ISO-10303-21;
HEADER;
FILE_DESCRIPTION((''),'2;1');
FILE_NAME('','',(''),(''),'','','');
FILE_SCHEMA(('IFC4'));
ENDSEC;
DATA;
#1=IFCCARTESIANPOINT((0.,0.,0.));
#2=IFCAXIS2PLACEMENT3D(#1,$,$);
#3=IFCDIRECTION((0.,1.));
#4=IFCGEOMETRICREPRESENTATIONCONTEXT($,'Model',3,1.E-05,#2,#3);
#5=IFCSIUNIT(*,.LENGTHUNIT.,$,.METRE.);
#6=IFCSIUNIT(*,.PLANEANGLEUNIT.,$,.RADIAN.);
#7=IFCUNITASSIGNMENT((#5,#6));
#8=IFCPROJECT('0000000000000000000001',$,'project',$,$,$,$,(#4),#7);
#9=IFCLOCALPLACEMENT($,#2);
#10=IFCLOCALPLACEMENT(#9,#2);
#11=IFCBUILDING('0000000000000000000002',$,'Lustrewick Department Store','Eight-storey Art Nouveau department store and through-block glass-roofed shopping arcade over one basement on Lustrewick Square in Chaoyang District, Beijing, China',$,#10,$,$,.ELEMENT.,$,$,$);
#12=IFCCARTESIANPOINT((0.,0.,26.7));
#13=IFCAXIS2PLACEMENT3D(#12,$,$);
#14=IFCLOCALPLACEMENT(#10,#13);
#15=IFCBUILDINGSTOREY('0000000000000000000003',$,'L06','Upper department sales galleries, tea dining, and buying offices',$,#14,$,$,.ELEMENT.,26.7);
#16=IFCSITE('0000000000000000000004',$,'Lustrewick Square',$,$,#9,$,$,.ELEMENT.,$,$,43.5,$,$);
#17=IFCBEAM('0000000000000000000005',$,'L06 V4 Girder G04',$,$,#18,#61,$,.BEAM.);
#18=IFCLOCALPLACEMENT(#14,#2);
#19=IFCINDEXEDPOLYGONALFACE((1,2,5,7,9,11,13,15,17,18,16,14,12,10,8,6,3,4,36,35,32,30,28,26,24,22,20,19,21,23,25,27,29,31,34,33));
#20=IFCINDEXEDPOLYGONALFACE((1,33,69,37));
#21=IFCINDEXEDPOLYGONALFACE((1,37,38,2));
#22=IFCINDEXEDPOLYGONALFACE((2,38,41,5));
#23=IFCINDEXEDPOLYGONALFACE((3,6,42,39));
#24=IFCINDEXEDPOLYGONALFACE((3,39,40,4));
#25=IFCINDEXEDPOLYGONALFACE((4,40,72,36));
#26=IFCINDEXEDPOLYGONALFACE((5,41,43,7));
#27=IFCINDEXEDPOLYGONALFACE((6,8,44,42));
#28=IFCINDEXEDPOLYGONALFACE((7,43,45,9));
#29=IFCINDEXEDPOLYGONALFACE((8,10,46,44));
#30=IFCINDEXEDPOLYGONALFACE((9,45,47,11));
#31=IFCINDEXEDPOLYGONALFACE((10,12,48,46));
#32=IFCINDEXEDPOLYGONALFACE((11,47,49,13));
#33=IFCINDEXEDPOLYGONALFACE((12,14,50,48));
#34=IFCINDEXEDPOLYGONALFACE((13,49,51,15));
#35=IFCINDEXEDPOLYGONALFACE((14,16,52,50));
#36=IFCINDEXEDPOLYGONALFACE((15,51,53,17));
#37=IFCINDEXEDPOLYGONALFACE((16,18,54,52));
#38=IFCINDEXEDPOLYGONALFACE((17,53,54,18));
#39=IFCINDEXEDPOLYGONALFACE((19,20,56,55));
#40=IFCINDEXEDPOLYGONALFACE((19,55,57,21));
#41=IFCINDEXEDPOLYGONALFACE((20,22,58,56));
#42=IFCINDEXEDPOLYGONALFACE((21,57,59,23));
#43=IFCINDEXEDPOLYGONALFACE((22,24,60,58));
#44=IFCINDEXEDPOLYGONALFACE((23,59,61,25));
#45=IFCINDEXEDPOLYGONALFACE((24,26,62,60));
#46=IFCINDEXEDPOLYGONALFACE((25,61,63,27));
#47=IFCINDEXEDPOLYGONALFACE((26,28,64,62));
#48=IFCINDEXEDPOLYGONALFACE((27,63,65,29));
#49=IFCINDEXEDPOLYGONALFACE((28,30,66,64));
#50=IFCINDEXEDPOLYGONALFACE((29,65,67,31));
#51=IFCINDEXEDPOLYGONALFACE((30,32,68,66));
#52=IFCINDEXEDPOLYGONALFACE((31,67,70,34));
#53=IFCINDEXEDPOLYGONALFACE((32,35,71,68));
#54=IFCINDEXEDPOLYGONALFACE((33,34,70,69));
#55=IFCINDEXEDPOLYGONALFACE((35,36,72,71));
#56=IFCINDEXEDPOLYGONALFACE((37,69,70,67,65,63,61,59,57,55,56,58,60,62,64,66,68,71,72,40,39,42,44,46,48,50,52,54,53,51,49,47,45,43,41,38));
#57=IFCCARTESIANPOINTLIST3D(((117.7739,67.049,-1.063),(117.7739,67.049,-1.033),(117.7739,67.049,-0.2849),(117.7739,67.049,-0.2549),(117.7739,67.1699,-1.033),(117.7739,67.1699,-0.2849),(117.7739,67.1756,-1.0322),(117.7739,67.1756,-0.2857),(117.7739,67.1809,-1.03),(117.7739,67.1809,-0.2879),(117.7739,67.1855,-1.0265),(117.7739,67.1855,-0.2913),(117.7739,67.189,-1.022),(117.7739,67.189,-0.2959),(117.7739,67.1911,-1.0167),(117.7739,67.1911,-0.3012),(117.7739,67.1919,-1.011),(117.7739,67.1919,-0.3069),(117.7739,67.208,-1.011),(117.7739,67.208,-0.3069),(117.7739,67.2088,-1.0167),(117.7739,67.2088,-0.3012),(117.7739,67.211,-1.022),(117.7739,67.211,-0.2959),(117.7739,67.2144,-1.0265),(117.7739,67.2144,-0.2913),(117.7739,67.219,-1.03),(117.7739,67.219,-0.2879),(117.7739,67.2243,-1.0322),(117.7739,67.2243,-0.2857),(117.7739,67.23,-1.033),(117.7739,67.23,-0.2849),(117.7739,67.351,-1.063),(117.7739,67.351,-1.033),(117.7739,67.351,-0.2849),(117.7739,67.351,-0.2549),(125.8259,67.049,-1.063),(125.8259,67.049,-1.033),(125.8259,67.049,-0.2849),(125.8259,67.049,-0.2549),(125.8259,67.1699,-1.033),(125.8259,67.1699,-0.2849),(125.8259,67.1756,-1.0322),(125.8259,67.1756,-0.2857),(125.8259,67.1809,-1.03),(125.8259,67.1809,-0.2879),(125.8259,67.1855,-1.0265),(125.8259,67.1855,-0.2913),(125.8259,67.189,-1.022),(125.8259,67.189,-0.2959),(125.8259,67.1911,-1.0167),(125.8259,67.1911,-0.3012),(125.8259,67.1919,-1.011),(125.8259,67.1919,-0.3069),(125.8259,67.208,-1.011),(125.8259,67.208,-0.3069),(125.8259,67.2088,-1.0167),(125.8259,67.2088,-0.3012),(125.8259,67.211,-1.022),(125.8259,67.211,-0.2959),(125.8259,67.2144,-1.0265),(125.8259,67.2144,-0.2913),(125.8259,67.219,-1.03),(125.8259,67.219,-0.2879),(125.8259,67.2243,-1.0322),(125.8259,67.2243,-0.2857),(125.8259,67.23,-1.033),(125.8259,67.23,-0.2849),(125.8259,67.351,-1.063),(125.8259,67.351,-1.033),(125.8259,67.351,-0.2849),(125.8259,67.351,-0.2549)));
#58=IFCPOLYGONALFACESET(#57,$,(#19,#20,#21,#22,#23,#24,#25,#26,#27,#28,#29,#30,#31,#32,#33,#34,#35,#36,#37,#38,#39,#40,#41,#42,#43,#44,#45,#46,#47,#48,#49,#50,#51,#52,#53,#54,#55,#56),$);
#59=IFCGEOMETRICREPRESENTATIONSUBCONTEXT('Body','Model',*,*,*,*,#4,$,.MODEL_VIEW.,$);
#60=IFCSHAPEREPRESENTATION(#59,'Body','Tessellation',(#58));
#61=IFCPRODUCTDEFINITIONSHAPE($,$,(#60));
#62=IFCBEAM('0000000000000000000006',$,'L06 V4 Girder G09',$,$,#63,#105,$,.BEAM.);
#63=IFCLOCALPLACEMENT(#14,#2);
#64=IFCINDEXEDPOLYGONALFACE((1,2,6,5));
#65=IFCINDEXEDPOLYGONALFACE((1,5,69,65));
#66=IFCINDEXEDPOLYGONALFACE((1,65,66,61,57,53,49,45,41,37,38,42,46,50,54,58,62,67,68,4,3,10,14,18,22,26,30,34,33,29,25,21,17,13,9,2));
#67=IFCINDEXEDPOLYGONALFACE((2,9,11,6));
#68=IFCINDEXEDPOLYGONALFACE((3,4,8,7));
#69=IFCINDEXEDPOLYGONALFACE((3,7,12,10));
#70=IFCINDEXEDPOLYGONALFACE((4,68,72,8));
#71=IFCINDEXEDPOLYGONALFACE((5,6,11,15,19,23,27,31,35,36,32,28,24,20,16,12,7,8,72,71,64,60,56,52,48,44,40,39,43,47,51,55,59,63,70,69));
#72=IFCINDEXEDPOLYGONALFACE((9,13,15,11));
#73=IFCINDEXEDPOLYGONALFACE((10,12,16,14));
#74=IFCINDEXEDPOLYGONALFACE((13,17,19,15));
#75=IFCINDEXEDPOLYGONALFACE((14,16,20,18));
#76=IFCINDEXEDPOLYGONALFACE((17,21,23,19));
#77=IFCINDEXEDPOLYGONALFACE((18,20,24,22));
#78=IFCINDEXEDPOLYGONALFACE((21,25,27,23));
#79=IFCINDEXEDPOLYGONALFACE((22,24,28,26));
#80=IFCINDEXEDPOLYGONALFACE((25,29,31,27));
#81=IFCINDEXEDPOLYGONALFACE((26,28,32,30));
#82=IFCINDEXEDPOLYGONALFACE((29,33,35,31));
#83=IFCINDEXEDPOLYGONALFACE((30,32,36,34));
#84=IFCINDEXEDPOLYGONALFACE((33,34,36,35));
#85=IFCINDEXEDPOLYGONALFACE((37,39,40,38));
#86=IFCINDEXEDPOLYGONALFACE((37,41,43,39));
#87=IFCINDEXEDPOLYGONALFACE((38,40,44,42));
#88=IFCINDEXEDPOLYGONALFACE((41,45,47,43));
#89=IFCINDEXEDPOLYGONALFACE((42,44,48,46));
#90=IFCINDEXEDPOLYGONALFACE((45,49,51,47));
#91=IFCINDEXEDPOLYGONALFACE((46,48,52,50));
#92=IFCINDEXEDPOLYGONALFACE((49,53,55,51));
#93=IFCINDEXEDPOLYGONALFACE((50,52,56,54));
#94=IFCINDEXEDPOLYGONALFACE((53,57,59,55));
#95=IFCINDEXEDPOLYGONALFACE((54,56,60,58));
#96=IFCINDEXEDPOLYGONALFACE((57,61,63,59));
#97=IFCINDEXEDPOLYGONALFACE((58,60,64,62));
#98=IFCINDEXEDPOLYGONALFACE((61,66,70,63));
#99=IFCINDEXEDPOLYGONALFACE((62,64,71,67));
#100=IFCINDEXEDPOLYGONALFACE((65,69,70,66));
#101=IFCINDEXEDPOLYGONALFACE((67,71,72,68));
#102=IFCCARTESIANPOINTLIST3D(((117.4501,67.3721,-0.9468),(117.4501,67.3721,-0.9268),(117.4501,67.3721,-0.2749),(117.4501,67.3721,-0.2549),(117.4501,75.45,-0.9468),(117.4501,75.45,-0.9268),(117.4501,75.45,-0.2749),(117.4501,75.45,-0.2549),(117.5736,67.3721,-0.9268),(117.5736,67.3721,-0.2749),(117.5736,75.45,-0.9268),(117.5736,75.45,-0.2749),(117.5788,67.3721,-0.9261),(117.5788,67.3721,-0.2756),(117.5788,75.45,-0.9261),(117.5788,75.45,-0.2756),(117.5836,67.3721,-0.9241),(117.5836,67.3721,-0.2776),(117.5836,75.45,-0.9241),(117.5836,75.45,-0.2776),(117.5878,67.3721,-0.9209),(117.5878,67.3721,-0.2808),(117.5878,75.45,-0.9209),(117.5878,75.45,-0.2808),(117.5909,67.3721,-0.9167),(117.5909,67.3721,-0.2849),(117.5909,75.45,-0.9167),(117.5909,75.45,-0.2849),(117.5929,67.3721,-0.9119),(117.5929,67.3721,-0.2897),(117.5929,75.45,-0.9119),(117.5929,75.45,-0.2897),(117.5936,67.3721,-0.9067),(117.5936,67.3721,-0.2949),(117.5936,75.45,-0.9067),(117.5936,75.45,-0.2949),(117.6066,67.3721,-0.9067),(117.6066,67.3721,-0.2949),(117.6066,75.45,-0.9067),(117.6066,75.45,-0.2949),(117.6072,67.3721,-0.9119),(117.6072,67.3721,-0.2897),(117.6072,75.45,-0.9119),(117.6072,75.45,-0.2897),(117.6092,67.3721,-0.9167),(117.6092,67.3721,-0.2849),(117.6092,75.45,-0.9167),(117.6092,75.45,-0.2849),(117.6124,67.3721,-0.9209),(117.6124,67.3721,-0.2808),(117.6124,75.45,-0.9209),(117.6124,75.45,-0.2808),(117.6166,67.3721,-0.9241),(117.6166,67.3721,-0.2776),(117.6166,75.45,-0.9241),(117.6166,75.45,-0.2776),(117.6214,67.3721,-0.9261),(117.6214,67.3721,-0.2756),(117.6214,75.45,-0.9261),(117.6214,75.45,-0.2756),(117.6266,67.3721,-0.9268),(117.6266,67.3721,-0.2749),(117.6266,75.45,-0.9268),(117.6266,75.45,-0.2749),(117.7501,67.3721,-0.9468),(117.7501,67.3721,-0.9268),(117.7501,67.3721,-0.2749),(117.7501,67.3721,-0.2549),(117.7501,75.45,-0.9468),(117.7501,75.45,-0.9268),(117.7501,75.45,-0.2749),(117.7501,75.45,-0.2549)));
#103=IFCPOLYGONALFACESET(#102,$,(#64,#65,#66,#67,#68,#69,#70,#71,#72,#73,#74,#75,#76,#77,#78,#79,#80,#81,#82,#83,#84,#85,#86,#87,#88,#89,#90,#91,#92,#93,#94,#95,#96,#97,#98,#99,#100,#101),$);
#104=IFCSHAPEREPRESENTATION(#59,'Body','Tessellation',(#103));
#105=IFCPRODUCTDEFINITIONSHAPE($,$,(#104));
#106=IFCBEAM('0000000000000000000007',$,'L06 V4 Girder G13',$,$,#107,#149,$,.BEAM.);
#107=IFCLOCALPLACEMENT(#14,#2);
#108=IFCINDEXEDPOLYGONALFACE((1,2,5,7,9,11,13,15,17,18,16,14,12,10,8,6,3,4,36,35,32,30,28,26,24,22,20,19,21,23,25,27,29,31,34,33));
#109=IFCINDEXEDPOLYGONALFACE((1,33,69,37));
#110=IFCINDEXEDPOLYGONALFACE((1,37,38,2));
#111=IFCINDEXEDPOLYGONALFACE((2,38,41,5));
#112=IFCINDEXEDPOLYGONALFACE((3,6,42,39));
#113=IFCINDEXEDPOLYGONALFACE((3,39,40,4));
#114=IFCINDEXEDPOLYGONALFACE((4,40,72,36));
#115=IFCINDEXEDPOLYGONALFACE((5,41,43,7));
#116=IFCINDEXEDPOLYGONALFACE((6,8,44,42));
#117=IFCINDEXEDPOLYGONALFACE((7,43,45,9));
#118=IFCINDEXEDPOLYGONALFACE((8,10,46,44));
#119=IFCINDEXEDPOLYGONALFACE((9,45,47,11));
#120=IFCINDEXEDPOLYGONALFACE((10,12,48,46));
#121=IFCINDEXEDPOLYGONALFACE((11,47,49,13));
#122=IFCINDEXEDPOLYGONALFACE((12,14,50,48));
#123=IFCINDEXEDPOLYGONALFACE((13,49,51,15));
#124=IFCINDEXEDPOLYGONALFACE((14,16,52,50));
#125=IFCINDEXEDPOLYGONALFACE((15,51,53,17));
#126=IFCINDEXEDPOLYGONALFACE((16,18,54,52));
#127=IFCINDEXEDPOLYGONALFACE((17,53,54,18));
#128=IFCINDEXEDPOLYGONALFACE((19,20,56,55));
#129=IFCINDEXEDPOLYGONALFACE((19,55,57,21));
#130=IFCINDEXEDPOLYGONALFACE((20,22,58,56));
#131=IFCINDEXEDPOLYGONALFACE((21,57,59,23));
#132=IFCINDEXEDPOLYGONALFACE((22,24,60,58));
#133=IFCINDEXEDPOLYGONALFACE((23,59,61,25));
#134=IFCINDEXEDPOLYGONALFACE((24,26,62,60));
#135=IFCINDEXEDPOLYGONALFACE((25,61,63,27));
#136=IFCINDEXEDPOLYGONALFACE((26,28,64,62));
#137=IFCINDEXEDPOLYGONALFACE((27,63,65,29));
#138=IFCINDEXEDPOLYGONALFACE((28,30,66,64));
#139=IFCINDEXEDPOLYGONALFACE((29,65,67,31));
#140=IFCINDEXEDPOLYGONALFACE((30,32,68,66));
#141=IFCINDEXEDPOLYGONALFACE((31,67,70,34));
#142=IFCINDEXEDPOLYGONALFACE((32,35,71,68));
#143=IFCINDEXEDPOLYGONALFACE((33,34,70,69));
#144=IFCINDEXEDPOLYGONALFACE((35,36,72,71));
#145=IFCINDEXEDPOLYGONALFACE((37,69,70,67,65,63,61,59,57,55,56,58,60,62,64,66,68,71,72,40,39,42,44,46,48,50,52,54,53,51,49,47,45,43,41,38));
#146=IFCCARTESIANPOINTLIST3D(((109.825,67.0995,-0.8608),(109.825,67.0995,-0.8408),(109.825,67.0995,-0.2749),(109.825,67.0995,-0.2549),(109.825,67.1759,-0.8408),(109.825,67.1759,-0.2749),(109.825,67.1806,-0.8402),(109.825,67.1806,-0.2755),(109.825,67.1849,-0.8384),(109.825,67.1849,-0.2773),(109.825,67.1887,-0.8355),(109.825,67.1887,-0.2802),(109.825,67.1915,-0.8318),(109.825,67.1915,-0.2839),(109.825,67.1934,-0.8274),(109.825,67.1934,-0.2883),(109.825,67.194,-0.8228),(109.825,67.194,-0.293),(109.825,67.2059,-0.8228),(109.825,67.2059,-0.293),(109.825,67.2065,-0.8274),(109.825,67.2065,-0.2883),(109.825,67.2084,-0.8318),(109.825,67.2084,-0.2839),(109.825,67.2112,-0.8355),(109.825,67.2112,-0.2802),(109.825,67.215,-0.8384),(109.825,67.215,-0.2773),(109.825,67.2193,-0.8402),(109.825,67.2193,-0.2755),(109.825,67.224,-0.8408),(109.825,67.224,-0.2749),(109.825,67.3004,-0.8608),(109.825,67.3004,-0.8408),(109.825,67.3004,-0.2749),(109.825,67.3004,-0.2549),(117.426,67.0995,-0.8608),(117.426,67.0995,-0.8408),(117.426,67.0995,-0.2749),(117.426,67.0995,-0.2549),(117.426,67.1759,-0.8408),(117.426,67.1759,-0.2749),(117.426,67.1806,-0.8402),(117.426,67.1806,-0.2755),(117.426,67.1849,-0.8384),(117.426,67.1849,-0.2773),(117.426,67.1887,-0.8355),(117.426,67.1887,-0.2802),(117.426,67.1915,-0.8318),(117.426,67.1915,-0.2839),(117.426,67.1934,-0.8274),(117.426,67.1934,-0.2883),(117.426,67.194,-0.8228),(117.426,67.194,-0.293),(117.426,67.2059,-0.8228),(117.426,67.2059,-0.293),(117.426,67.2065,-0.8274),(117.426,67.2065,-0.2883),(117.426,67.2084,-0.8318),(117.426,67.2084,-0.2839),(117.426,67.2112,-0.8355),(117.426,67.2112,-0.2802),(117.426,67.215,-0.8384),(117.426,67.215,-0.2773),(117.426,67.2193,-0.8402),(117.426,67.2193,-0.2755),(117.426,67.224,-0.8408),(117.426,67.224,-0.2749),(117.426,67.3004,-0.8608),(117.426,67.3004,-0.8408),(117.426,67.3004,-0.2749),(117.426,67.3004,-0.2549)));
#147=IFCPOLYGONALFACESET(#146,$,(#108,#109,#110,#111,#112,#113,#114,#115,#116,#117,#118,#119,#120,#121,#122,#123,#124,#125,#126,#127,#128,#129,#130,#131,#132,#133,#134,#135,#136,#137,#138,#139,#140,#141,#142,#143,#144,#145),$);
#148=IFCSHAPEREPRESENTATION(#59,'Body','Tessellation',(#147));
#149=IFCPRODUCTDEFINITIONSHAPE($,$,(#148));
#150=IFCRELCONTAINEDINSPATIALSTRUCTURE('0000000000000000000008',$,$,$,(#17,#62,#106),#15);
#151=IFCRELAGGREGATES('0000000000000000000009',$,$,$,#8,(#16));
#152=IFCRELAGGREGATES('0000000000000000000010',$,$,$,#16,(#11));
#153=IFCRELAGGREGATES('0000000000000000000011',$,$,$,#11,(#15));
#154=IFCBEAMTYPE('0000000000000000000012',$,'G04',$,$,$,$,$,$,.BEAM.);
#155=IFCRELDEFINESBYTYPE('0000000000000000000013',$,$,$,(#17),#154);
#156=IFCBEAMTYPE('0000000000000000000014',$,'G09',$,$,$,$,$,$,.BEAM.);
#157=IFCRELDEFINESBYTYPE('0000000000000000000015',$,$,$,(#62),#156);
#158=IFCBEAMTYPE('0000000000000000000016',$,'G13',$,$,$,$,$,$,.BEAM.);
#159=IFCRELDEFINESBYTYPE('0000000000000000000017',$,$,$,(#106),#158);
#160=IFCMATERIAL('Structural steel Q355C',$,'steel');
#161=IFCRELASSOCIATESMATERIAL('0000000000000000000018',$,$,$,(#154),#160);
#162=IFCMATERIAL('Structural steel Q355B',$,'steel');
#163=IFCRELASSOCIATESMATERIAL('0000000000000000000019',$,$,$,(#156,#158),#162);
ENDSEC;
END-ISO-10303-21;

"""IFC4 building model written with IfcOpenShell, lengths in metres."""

from ifc_helpers import new_model, si_unit, direction, frame, origin, origin_2d, place, context, subcontext, project, spatial, i_section, extrude, material, material_profile, profile_set, type_object, element, save


model = new_model("IFC4")

# Units and contexts
model_context = context("Model", 3, precision=1e-05, world=origin(), true_north=direction((0.0, 1.0)))
body_context = subcontext(model_context, "Body", "Model", "MODEL_VIEW")
ifc_project = project(units=[si_unit("LENGTHUNIT", "METRE"), si_unit("PLANEANGLEUNIT", "RADIAN")], contexts=[model_context])

# Site, building, storey
site_placement = place(None, origin())
site = spatial("IfcSite", under=ifc_project, at=site_placement, Name="Lustrewick Square", CompositionType="ELEMENT", RefElevation=43.5)
building_placement = place(site_placement, origin())
building = spatial("IfcBuilding", under=site, at=building_placement, Name="Lustrewick Department Store", Description="Eight-storey Art Nouveau department store and through-block glass-roofed shopping arcade over one basement on Lustrewick Square in Chaoyang District, Beijing, China", CompositionType="ELEMENT")
storey_placement = place(building_placement, frame((0.0, 0.0, 26.7)))
storey = spatial("IfcBuildingStorey", under=building, at=storey_placement, Name="L06", Description="Upper department sales galleries, tea dining, and buying offices", CompositionType="ELEMENT", Elevation=26.7)

# Shared definitions
ifc_material_1 = material(Name="Structural steel Q355B", Category="steel")

# Shared definitions
ifc_material_2 = material(Name="Structural steel Q355C", Category="steel")

# Beams
ifc_material_profile_1 = material_profile(ifc_material_2, i_section(OverallWidth=0.302, OverallDepth=0.8081, WebThickness=0.0161, FlangeThickness=0.03, FilletRadius=0.022, at=origin_2d()), Name="HN 808x302x16x30")
ifc_profile_set_1 = profile_set([ifc_material_profile_1], Name="Structural steel Q355C")
beam_type_1 = type_object("IfcBeamType", Name="G04", PredefinedType="BEAM", material=ifc_profile_set_1)
beam_1_placement = place(storey_placement, frame((117.7739, 67.2, -0.6589), z_axis=(1.0, 0.0, 0.0), x_axis=(0.0, 1.0, 0.0)))
element("IfcBeam", 1, at=beam_1_placement, inside=storey, type_object=beam_type_1, Name="L06 V4 Girder G04", PredefinedType="BEAM", context=body_context, shape_type="SweptSolid", body=[
    extrude(i_section(OverallWidth=0.302, OverallDepth=0.8081, WebThickness=0.0161, FlangeThickness=0.03, FilletRadius=0.022, at=origin_2d()), origin(), (0.0, 0.0, 1.0), 8.052),
])
ifc_material_profile_2 = material_profile(ifc_material_1, i_section(OverallWidth=0.3, OverallDepth=0.6919, WebThickness=0.0129, FlangeThickness=0.02, FilletRadius=0.02, at=origin_2d()), Name="HN 692x300x13x20")
ifc_profile_set_2 = profile_set([ifc_material_profile_2], Name="Structural steel Q355B")
beam_type_2 = type_object("IfcBeamType", Name="G09", PredefinedType="BEAM", material=ifc_profile_set_2)
beam_2_placement = place(storey_placement, frame((117.6001, 67.3721, -0.6008), z_axis=(0.0, 1.0, 0.0), x_axis=(-1.0, 0.0, 0.0)))
element("IfcBeam", 2, at=beam_2_placement, inside=storey, type_object=beam_type_2, Name="L06 V4 Girder G09", PredefinedType="BEAM", context=body_context, shape_type="SweptSolid", body=[
    extrude(i_section(OverallWidth=0.3, OverallDepth=0.6919, WebThickness=0.0129, FlangeThickness=0.02, FilletRadius=0.02, at=origin_2d()), origin(), (0.0, 0.0, 1.0), 8.0779),
])
ifc_material_profile_3 = material_profile(ifc_material_1, i_section(OverallWidth=0.2009, OverallDepth=0.606, WebThickness=0.012, FlangeThickness=0.02, FilletRadius=0.0181, at=origin_2d()), Name="HN 606x201x12x20")
ifc_profile_set_3 = profile_set([ifc_material_profile_3], Name="Structural steel Q355B")
beam_type_3 = type_object("IfcBeamType", Name="G13", PredefinedType="BEAM", material=ifc_profile_set_3)
beam_3_placement = place(storey_placement, frame((109.825, 67.2, -0.5579), z_axis=(1.0, 0.0, 0.0), x_axis=(0.0, 1.0, 0.0)))
element("IfcBeam", 3, at=beam_3_placement, inside=storey, type_object=beam_type_3, Name="L06 V4 Girder G13", PredefinedType="BEAM", context=body_context, shape_type="SweptSolid", body=[
    extrude(i_section(OverallWidth=0.2009, OverallDepth=0.606, WebThickness=0.012, FlangeThickness=0.02, FilletRadius=0.0181, at=origin_2d()), origin(), (0.0, 0.0, 1.0), 7.6011),
])

save(model, "model.ifc")
